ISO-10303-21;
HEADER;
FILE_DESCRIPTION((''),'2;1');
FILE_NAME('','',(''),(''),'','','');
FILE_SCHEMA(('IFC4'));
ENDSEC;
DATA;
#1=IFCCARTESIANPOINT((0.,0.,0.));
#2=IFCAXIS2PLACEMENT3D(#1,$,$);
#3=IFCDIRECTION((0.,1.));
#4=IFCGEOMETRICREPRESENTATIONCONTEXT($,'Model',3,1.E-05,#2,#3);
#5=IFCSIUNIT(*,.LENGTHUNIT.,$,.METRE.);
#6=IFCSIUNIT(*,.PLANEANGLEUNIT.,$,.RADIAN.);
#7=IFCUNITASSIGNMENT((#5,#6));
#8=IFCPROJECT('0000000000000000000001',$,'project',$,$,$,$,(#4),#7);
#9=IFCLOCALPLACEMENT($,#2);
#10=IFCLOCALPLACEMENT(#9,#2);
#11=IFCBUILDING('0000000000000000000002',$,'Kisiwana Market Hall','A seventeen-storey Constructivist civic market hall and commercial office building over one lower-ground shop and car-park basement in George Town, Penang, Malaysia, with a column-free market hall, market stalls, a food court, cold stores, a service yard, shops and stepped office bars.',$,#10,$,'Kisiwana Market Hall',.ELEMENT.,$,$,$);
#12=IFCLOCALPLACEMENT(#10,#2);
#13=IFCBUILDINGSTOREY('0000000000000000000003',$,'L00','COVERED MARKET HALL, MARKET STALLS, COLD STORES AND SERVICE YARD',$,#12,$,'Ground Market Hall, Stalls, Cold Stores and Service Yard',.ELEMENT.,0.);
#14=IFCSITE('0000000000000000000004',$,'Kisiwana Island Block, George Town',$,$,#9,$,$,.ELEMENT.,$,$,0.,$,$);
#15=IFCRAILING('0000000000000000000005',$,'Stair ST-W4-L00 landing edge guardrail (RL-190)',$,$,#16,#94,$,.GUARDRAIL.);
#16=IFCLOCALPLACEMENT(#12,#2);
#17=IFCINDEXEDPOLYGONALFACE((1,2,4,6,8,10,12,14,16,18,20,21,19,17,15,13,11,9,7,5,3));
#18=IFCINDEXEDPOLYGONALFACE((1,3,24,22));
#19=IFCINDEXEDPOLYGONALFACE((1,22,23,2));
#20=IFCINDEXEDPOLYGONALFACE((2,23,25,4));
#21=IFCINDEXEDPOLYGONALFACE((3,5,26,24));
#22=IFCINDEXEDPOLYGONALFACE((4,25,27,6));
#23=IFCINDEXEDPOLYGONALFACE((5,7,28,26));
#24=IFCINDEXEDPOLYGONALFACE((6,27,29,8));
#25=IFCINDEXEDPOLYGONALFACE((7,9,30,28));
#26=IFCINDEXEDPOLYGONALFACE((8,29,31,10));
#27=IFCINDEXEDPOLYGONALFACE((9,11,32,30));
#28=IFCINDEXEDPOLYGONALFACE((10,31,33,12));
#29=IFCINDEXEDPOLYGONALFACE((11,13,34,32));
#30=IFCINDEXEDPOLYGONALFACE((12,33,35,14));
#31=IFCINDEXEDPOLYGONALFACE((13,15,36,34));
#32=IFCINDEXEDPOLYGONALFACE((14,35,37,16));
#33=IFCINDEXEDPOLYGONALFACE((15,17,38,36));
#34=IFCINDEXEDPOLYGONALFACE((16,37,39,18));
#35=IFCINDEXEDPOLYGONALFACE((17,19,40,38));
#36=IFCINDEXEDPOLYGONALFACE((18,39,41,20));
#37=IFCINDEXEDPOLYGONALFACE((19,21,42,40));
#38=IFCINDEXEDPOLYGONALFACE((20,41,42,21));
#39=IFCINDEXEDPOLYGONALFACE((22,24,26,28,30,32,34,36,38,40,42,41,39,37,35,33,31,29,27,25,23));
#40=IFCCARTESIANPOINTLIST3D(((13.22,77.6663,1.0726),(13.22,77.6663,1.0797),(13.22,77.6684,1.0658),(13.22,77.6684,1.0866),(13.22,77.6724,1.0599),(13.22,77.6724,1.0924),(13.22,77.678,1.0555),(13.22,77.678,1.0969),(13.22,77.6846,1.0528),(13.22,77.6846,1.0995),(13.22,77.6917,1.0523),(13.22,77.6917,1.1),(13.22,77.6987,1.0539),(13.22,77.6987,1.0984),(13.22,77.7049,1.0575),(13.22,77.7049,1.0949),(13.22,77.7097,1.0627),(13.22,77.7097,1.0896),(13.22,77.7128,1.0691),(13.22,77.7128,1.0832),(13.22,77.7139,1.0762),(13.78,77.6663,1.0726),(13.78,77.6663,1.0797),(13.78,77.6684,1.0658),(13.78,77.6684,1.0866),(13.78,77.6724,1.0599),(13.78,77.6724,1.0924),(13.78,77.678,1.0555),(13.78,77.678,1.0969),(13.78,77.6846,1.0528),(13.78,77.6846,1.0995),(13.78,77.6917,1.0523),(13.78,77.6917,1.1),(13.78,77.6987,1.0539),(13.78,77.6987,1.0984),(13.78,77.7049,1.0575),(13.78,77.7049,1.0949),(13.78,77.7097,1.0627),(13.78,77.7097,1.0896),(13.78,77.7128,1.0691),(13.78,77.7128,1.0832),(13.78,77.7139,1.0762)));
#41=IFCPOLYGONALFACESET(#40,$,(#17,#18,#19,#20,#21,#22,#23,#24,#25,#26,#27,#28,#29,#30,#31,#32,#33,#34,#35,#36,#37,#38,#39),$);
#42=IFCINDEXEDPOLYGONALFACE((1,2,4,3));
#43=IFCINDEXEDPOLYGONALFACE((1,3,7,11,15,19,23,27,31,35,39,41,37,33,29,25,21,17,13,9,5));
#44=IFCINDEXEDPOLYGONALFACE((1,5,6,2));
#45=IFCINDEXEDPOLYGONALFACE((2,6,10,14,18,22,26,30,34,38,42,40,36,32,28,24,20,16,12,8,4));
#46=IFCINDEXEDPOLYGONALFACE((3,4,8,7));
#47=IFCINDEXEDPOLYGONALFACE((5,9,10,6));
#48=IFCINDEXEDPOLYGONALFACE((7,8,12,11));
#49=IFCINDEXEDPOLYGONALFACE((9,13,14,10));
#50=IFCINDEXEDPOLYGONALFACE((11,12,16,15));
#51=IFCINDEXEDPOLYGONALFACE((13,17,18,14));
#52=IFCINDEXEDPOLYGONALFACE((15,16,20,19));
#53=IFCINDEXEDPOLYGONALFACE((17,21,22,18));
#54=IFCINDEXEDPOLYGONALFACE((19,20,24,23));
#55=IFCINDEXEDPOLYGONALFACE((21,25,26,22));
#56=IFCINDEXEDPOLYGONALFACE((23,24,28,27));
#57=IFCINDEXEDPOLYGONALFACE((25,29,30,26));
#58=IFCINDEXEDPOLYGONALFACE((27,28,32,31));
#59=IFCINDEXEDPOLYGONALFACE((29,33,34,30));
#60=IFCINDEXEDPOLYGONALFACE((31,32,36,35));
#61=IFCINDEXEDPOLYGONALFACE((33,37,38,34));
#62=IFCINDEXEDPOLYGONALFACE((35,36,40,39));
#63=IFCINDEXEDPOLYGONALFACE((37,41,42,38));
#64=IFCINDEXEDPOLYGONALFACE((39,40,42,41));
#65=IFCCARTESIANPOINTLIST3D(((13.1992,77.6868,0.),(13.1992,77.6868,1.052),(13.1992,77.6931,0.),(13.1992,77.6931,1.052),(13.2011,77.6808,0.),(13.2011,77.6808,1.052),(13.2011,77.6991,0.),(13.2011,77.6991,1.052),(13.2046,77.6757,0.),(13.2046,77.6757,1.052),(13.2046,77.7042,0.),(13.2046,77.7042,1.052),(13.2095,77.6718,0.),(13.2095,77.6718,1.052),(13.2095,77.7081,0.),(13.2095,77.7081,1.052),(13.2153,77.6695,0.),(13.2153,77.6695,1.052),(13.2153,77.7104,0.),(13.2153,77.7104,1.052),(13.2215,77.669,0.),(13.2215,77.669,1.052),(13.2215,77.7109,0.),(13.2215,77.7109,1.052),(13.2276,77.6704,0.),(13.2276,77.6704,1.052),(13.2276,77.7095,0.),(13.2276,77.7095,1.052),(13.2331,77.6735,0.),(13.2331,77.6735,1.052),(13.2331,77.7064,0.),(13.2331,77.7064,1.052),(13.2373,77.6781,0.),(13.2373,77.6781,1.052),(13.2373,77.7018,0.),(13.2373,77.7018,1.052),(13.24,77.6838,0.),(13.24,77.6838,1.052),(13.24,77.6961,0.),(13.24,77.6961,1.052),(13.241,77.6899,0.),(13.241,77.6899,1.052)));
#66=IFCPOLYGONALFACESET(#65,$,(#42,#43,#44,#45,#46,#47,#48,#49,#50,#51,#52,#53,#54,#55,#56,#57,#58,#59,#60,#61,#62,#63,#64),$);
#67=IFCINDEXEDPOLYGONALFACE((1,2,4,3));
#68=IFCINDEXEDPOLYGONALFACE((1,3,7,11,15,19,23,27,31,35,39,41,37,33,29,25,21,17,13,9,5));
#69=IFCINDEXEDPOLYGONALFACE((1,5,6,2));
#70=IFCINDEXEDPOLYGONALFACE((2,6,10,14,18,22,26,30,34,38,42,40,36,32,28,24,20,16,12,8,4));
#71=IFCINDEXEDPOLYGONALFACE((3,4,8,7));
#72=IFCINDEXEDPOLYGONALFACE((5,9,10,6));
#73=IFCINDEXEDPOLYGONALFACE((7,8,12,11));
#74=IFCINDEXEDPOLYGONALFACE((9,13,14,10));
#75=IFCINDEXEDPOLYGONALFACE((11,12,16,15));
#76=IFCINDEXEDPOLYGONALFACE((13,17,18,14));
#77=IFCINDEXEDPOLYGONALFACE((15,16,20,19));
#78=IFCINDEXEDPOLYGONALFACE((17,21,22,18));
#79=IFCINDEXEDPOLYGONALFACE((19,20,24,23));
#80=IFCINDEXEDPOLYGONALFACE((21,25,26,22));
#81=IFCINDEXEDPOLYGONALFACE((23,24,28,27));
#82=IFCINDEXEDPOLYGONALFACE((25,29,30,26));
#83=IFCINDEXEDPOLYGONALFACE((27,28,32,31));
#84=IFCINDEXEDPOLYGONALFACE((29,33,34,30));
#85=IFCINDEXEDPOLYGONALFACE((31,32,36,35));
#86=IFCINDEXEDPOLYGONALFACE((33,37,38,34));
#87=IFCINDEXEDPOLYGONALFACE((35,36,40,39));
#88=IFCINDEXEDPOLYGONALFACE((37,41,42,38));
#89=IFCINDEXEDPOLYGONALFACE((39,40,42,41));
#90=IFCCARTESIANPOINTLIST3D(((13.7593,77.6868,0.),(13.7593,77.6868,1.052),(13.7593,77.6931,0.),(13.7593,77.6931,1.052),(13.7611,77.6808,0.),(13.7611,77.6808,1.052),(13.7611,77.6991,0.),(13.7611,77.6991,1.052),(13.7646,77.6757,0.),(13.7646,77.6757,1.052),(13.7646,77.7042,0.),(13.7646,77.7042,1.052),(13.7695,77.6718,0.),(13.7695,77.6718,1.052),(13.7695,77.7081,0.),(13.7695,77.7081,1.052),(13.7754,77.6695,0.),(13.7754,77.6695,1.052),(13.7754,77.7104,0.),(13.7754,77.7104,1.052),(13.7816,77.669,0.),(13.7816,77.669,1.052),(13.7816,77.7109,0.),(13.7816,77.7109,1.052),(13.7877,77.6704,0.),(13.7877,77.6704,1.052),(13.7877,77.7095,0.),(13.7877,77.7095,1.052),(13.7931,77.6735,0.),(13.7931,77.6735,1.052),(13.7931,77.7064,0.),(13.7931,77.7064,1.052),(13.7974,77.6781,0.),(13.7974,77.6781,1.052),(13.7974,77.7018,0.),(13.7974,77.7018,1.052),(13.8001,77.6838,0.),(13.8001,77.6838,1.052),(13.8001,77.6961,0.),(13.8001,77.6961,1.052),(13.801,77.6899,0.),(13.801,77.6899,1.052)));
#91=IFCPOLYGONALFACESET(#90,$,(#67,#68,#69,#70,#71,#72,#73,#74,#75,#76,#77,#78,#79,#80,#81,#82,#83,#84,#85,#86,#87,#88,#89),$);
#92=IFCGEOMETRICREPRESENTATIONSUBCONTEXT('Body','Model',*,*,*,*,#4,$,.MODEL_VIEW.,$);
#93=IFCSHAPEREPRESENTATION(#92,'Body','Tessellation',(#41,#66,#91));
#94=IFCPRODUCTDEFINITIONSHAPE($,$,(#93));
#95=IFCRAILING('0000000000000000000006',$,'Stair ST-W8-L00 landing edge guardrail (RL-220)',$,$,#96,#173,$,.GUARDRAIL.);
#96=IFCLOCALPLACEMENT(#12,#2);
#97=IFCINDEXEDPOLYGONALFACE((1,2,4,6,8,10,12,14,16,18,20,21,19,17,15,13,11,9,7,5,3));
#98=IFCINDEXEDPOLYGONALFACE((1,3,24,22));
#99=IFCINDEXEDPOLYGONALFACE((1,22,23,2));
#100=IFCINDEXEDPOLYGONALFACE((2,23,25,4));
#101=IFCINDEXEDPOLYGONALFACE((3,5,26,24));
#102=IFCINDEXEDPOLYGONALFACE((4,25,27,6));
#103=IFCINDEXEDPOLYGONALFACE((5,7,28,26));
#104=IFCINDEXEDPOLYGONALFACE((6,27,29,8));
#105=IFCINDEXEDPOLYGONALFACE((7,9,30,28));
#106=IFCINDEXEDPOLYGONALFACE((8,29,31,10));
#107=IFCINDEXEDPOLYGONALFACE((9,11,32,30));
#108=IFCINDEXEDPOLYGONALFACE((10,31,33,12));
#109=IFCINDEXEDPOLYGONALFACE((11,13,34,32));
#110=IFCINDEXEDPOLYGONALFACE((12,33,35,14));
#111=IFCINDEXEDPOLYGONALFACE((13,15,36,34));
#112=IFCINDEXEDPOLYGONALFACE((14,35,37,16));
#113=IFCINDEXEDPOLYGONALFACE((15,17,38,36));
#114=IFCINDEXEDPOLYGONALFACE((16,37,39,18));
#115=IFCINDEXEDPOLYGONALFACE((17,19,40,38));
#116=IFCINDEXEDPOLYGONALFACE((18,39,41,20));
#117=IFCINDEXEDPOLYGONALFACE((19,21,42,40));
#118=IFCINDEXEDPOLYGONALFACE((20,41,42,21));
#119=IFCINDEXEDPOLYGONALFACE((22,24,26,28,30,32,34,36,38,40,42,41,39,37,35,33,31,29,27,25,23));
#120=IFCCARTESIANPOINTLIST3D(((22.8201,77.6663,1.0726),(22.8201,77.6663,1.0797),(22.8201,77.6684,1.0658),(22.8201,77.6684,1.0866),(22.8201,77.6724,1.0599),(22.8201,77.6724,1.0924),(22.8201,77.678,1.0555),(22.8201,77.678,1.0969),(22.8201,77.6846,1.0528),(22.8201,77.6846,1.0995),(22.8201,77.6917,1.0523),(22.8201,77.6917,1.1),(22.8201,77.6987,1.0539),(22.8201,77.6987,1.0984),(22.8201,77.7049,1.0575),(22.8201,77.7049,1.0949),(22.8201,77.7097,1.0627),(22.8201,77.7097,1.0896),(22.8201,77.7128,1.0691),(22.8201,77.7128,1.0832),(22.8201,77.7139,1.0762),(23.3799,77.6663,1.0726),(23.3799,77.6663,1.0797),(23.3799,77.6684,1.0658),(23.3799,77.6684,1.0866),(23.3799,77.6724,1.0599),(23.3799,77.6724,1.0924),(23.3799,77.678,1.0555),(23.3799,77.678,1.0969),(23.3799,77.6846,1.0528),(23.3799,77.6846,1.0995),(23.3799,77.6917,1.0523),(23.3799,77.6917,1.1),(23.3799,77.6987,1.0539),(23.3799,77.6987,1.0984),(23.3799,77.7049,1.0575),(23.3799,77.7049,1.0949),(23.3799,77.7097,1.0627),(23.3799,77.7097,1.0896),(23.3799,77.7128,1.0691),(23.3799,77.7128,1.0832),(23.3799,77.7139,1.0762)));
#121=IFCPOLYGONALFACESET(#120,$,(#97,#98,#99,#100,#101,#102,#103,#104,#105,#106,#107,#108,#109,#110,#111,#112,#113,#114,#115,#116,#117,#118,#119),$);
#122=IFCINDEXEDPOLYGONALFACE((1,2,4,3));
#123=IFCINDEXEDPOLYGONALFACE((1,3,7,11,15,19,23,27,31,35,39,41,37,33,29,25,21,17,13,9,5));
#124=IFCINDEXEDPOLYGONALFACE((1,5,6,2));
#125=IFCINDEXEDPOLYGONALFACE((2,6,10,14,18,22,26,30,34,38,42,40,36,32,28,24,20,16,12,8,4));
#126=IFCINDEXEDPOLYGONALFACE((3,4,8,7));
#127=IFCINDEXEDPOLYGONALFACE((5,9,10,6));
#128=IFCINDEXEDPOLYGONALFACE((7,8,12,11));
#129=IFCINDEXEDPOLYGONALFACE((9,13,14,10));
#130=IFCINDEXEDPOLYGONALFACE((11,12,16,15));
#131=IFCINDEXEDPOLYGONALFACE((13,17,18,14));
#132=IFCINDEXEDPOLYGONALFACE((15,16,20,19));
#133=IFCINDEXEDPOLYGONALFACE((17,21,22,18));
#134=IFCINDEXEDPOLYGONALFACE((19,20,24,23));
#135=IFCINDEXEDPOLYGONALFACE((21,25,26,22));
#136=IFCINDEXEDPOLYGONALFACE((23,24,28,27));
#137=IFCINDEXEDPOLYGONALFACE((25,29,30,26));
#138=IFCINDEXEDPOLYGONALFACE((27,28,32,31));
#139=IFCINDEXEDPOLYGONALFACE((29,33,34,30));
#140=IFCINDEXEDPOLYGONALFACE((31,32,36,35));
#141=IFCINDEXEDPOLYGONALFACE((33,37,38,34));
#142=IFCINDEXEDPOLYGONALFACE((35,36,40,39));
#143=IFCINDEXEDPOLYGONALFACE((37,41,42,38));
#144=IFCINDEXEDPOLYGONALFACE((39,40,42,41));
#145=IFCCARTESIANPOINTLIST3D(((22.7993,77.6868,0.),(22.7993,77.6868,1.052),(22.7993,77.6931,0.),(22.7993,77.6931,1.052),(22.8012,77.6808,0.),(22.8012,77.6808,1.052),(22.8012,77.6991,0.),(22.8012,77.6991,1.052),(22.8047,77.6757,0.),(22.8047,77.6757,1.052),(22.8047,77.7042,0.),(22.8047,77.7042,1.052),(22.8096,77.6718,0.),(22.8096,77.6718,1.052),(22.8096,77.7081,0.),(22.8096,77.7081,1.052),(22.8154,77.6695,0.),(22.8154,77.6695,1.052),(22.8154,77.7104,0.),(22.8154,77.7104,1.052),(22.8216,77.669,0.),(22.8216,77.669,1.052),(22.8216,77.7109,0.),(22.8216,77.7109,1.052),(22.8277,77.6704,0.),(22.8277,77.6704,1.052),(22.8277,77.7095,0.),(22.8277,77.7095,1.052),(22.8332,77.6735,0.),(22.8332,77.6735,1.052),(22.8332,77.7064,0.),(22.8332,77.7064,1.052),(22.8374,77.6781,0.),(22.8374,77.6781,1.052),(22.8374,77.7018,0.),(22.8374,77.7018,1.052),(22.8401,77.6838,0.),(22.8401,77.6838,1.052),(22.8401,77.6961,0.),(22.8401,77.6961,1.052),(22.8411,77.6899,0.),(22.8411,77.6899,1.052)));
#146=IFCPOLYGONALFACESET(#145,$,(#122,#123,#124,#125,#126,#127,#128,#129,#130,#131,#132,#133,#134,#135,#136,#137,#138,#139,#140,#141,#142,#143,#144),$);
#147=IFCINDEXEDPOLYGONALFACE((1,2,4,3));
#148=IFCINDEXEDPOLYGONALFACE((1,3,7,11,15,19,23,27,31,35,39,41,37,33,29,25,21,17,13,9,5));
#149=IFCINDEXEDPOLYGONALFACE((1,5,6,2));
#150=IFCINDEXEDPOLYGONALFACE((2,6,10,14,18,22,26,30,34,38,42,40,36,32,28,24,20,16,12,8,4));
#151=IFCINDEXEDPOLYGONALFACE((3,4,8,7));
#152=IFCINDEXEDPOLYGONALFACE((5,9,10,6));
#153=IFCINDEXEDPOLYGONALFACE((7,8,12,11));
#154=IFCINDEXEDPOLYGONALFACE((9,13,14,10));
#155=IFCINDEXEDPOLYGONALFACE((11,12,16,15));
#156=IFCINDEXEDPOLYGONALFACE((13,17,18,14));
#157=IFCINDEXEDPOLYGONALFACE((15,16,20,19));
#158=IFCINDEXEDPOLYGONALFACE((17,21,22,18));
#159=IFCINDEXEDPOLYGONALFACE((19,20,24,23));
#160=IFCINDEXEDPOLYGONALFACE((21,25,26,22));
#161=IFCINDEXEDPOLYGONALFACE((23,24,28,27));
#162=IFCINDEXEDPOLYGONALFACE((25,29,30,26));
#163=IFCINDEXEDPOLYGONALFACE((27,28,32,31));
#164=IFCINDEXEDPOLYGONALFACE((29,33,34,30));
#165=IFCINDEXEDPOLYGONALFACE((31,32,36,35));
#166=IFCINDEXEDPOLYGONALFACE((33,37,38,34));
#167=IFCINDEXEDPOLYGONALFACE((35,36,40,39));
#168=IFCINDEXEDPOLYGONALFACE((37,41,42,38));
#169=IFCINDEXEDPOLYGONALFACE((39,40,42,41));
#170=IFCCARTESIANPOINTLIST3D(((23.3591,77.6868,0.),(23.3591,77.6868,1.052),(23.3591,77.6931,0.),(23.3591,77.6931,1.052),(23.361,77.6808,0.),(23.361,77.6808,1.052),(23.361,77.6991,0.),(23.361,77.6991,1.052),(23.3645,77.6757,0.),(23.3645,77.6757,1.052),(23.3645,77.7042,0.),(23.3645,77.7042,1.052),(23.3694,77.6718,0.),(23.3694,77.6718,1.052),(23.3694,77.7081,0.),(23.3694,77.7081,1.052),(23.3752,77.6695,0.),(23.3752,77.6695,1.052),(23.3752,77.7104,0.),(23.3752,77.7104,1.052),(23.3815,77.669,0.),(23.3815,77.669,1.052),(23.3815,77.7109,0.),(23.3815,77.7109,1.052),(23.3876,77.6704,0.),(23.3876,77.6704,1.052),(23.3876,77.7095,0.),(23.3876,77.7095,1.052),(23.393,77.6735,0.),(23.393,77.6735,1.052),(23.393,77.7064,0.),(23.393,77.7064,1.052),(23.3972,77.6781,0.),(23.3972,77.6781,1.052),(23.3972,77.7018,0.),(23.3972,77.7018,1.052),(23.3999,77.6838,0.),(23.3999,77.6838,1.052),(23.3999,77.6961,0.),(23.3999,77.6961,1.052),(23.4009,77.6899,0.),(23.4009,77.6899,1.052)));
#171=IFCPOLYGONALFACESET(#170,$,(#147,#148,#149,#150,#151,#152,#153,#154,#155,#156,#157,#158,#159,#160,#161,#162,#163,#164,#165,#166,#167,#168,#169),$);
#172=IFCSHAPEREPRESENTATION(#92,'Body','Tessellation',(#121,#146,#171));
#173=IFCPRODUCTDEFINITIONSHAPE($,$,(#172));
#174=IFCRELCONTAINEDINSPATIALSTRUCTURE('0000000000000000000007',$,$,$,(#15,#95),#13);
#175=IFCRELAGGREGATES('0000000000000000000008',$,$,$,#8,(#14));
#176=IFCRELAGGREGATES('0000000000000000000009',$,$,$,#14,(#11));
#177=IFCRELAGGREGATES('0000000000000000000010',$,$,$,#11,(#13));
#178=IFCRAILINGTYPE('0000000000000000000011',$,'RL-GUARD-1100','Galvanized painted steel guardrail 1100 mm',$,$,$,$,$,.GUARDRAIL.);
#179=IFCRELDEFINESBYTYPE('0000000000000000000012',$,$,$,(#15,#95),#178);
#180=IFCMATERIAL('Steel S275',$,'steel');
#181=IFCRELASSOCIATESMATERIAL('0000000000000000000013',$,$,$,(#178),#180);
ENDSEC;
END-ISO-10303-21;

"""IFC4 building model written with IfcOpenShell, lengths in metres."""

from ifc_helpers import new_model, si_unit, direction, frame, origin, origin_2d, place, context, subcontext, project, spatial, circle, extrude, material, type_object, element, save


model = new_model("IFC4")

# Units and contexts
model_context = context("Model", 3, precision=1e-05, world=origin(), true_north=direction((0.0, 1.0)))
body_context = subcontext(model_context, "Body", "Model", "MODEL_VIEW")
ifc_project = project(units=[si_unit("LENGTHUNIT", "METRE"), si_unit("PLANEANGLEUNIT", "RADIAN")], contexts=[model_context])

# Site, building, storey
site_placement = place(None, origin())
site = spatial("IfcSite", under=ifc_project, at=site_placement, Name="Kisiwana Island Block, George Town", CompositionType="ELEMENT", RefElevation=0.0)
building_placement = place(site_placement, origin())
building = spatial("IfcBuilding", under=site, at=building_placement, Name="Kisiwana Market Hall", Description="A seventeen-storey Constructivist civic market hall and commercial office building over one lower-ground shop and car-park basement in George Town, Penang, Malaysia, with a column-free market hall, market stalls, a food court, cold stores, a service yard, shops and stepped office bars.", LongName="Kisiwana Market Hall", CompositionType="ELEMENT")
storey_placement = place(building_placement, origin())
storey = spatial("IfcBuildingStorey", under=building, at=storey_placement, Name="L00", Description="COVERED MARKET HALL, MARKET STALLS, COLD STORES AND SERVICE YARD", LongName="Ground Market Hall, Stalls, Cold Stores and Service Yard", CompositionType="ELEMENT", Elevation=0.0)

# Railings
ifc_material_1 = material(Name="Steel S275", Category="steel")
railing_type_1 = type_object("IfcRailingType", Name="RL-GUARD-1100", Description="Galvanized painted steel guardrail 1100 mm", PredefinedType="GUARDRAIL", material=ifc_material_1)
railing_1_placement = place(storey_placement, frame((13.22, 77.6899, 0.0)))
element("IfcRailing", 1, at=railing_1_placement, inside=storey, type_object=railing_type_1, Name="Stair ST-W4-L00 landing edge guardrail (RL-190)", PredefinedType="GUARDRAIL", context=body_context, shape_type="SweptSolid", body=[
    extrude(circle(Radius=0.0239, at=origin_2d()), frame((0.0, 0.0, 1.0762), z_axis=(1.0, 0.0, 0.0), x_axis=(0.0, 1.0, 0.0)), (0.0, 0.0, 1.0), 0.5601),
    extrude(circle(Radius=0.021, at=origin_2d()), origin(), (0.0, 0.0, 1.0), 1.052),
    extrude(circle(Radius=0.021, at=origin_2d()), frame((0.5601, 0.0, 0.0)), (0.0, 0.0, 1.0), 1.052),
])
railing_2_placement = place(storey_placement, frame((22.8201, 77.6899, 0.0)))
element("IfcRailing", 2, at=railing_2_placement, inside=storey, type_object=railing_type_1, Name="Stair ST-W8-L00 landing edge guardrail (RL-220)", PredefinedType="GUARDRAIL", context=body_context, shape_type="SweptSolid", body=[
    extrude(circle(Radius=0.0239, at=origin_2d()), frame((0.0, 0.0, 1.0762), z_axis=(1.0, 0.0, 0.0), x_axis=(0.0, 1.0, 0.0)), (0.0, 0.0, 1.0), 0.5598),
    extrude(circle(Radius=0.021, at=origin_2d()), origin(), (0.0, 0.0, 1.0), 1.052),
    extrude(circle(Radius=0.021, at=origin_2d()), frame((0.5598, 0.0, 0.0)), (0.0, 0.0, 1.0), 1.052),
])

save(model, "model.ifc")
